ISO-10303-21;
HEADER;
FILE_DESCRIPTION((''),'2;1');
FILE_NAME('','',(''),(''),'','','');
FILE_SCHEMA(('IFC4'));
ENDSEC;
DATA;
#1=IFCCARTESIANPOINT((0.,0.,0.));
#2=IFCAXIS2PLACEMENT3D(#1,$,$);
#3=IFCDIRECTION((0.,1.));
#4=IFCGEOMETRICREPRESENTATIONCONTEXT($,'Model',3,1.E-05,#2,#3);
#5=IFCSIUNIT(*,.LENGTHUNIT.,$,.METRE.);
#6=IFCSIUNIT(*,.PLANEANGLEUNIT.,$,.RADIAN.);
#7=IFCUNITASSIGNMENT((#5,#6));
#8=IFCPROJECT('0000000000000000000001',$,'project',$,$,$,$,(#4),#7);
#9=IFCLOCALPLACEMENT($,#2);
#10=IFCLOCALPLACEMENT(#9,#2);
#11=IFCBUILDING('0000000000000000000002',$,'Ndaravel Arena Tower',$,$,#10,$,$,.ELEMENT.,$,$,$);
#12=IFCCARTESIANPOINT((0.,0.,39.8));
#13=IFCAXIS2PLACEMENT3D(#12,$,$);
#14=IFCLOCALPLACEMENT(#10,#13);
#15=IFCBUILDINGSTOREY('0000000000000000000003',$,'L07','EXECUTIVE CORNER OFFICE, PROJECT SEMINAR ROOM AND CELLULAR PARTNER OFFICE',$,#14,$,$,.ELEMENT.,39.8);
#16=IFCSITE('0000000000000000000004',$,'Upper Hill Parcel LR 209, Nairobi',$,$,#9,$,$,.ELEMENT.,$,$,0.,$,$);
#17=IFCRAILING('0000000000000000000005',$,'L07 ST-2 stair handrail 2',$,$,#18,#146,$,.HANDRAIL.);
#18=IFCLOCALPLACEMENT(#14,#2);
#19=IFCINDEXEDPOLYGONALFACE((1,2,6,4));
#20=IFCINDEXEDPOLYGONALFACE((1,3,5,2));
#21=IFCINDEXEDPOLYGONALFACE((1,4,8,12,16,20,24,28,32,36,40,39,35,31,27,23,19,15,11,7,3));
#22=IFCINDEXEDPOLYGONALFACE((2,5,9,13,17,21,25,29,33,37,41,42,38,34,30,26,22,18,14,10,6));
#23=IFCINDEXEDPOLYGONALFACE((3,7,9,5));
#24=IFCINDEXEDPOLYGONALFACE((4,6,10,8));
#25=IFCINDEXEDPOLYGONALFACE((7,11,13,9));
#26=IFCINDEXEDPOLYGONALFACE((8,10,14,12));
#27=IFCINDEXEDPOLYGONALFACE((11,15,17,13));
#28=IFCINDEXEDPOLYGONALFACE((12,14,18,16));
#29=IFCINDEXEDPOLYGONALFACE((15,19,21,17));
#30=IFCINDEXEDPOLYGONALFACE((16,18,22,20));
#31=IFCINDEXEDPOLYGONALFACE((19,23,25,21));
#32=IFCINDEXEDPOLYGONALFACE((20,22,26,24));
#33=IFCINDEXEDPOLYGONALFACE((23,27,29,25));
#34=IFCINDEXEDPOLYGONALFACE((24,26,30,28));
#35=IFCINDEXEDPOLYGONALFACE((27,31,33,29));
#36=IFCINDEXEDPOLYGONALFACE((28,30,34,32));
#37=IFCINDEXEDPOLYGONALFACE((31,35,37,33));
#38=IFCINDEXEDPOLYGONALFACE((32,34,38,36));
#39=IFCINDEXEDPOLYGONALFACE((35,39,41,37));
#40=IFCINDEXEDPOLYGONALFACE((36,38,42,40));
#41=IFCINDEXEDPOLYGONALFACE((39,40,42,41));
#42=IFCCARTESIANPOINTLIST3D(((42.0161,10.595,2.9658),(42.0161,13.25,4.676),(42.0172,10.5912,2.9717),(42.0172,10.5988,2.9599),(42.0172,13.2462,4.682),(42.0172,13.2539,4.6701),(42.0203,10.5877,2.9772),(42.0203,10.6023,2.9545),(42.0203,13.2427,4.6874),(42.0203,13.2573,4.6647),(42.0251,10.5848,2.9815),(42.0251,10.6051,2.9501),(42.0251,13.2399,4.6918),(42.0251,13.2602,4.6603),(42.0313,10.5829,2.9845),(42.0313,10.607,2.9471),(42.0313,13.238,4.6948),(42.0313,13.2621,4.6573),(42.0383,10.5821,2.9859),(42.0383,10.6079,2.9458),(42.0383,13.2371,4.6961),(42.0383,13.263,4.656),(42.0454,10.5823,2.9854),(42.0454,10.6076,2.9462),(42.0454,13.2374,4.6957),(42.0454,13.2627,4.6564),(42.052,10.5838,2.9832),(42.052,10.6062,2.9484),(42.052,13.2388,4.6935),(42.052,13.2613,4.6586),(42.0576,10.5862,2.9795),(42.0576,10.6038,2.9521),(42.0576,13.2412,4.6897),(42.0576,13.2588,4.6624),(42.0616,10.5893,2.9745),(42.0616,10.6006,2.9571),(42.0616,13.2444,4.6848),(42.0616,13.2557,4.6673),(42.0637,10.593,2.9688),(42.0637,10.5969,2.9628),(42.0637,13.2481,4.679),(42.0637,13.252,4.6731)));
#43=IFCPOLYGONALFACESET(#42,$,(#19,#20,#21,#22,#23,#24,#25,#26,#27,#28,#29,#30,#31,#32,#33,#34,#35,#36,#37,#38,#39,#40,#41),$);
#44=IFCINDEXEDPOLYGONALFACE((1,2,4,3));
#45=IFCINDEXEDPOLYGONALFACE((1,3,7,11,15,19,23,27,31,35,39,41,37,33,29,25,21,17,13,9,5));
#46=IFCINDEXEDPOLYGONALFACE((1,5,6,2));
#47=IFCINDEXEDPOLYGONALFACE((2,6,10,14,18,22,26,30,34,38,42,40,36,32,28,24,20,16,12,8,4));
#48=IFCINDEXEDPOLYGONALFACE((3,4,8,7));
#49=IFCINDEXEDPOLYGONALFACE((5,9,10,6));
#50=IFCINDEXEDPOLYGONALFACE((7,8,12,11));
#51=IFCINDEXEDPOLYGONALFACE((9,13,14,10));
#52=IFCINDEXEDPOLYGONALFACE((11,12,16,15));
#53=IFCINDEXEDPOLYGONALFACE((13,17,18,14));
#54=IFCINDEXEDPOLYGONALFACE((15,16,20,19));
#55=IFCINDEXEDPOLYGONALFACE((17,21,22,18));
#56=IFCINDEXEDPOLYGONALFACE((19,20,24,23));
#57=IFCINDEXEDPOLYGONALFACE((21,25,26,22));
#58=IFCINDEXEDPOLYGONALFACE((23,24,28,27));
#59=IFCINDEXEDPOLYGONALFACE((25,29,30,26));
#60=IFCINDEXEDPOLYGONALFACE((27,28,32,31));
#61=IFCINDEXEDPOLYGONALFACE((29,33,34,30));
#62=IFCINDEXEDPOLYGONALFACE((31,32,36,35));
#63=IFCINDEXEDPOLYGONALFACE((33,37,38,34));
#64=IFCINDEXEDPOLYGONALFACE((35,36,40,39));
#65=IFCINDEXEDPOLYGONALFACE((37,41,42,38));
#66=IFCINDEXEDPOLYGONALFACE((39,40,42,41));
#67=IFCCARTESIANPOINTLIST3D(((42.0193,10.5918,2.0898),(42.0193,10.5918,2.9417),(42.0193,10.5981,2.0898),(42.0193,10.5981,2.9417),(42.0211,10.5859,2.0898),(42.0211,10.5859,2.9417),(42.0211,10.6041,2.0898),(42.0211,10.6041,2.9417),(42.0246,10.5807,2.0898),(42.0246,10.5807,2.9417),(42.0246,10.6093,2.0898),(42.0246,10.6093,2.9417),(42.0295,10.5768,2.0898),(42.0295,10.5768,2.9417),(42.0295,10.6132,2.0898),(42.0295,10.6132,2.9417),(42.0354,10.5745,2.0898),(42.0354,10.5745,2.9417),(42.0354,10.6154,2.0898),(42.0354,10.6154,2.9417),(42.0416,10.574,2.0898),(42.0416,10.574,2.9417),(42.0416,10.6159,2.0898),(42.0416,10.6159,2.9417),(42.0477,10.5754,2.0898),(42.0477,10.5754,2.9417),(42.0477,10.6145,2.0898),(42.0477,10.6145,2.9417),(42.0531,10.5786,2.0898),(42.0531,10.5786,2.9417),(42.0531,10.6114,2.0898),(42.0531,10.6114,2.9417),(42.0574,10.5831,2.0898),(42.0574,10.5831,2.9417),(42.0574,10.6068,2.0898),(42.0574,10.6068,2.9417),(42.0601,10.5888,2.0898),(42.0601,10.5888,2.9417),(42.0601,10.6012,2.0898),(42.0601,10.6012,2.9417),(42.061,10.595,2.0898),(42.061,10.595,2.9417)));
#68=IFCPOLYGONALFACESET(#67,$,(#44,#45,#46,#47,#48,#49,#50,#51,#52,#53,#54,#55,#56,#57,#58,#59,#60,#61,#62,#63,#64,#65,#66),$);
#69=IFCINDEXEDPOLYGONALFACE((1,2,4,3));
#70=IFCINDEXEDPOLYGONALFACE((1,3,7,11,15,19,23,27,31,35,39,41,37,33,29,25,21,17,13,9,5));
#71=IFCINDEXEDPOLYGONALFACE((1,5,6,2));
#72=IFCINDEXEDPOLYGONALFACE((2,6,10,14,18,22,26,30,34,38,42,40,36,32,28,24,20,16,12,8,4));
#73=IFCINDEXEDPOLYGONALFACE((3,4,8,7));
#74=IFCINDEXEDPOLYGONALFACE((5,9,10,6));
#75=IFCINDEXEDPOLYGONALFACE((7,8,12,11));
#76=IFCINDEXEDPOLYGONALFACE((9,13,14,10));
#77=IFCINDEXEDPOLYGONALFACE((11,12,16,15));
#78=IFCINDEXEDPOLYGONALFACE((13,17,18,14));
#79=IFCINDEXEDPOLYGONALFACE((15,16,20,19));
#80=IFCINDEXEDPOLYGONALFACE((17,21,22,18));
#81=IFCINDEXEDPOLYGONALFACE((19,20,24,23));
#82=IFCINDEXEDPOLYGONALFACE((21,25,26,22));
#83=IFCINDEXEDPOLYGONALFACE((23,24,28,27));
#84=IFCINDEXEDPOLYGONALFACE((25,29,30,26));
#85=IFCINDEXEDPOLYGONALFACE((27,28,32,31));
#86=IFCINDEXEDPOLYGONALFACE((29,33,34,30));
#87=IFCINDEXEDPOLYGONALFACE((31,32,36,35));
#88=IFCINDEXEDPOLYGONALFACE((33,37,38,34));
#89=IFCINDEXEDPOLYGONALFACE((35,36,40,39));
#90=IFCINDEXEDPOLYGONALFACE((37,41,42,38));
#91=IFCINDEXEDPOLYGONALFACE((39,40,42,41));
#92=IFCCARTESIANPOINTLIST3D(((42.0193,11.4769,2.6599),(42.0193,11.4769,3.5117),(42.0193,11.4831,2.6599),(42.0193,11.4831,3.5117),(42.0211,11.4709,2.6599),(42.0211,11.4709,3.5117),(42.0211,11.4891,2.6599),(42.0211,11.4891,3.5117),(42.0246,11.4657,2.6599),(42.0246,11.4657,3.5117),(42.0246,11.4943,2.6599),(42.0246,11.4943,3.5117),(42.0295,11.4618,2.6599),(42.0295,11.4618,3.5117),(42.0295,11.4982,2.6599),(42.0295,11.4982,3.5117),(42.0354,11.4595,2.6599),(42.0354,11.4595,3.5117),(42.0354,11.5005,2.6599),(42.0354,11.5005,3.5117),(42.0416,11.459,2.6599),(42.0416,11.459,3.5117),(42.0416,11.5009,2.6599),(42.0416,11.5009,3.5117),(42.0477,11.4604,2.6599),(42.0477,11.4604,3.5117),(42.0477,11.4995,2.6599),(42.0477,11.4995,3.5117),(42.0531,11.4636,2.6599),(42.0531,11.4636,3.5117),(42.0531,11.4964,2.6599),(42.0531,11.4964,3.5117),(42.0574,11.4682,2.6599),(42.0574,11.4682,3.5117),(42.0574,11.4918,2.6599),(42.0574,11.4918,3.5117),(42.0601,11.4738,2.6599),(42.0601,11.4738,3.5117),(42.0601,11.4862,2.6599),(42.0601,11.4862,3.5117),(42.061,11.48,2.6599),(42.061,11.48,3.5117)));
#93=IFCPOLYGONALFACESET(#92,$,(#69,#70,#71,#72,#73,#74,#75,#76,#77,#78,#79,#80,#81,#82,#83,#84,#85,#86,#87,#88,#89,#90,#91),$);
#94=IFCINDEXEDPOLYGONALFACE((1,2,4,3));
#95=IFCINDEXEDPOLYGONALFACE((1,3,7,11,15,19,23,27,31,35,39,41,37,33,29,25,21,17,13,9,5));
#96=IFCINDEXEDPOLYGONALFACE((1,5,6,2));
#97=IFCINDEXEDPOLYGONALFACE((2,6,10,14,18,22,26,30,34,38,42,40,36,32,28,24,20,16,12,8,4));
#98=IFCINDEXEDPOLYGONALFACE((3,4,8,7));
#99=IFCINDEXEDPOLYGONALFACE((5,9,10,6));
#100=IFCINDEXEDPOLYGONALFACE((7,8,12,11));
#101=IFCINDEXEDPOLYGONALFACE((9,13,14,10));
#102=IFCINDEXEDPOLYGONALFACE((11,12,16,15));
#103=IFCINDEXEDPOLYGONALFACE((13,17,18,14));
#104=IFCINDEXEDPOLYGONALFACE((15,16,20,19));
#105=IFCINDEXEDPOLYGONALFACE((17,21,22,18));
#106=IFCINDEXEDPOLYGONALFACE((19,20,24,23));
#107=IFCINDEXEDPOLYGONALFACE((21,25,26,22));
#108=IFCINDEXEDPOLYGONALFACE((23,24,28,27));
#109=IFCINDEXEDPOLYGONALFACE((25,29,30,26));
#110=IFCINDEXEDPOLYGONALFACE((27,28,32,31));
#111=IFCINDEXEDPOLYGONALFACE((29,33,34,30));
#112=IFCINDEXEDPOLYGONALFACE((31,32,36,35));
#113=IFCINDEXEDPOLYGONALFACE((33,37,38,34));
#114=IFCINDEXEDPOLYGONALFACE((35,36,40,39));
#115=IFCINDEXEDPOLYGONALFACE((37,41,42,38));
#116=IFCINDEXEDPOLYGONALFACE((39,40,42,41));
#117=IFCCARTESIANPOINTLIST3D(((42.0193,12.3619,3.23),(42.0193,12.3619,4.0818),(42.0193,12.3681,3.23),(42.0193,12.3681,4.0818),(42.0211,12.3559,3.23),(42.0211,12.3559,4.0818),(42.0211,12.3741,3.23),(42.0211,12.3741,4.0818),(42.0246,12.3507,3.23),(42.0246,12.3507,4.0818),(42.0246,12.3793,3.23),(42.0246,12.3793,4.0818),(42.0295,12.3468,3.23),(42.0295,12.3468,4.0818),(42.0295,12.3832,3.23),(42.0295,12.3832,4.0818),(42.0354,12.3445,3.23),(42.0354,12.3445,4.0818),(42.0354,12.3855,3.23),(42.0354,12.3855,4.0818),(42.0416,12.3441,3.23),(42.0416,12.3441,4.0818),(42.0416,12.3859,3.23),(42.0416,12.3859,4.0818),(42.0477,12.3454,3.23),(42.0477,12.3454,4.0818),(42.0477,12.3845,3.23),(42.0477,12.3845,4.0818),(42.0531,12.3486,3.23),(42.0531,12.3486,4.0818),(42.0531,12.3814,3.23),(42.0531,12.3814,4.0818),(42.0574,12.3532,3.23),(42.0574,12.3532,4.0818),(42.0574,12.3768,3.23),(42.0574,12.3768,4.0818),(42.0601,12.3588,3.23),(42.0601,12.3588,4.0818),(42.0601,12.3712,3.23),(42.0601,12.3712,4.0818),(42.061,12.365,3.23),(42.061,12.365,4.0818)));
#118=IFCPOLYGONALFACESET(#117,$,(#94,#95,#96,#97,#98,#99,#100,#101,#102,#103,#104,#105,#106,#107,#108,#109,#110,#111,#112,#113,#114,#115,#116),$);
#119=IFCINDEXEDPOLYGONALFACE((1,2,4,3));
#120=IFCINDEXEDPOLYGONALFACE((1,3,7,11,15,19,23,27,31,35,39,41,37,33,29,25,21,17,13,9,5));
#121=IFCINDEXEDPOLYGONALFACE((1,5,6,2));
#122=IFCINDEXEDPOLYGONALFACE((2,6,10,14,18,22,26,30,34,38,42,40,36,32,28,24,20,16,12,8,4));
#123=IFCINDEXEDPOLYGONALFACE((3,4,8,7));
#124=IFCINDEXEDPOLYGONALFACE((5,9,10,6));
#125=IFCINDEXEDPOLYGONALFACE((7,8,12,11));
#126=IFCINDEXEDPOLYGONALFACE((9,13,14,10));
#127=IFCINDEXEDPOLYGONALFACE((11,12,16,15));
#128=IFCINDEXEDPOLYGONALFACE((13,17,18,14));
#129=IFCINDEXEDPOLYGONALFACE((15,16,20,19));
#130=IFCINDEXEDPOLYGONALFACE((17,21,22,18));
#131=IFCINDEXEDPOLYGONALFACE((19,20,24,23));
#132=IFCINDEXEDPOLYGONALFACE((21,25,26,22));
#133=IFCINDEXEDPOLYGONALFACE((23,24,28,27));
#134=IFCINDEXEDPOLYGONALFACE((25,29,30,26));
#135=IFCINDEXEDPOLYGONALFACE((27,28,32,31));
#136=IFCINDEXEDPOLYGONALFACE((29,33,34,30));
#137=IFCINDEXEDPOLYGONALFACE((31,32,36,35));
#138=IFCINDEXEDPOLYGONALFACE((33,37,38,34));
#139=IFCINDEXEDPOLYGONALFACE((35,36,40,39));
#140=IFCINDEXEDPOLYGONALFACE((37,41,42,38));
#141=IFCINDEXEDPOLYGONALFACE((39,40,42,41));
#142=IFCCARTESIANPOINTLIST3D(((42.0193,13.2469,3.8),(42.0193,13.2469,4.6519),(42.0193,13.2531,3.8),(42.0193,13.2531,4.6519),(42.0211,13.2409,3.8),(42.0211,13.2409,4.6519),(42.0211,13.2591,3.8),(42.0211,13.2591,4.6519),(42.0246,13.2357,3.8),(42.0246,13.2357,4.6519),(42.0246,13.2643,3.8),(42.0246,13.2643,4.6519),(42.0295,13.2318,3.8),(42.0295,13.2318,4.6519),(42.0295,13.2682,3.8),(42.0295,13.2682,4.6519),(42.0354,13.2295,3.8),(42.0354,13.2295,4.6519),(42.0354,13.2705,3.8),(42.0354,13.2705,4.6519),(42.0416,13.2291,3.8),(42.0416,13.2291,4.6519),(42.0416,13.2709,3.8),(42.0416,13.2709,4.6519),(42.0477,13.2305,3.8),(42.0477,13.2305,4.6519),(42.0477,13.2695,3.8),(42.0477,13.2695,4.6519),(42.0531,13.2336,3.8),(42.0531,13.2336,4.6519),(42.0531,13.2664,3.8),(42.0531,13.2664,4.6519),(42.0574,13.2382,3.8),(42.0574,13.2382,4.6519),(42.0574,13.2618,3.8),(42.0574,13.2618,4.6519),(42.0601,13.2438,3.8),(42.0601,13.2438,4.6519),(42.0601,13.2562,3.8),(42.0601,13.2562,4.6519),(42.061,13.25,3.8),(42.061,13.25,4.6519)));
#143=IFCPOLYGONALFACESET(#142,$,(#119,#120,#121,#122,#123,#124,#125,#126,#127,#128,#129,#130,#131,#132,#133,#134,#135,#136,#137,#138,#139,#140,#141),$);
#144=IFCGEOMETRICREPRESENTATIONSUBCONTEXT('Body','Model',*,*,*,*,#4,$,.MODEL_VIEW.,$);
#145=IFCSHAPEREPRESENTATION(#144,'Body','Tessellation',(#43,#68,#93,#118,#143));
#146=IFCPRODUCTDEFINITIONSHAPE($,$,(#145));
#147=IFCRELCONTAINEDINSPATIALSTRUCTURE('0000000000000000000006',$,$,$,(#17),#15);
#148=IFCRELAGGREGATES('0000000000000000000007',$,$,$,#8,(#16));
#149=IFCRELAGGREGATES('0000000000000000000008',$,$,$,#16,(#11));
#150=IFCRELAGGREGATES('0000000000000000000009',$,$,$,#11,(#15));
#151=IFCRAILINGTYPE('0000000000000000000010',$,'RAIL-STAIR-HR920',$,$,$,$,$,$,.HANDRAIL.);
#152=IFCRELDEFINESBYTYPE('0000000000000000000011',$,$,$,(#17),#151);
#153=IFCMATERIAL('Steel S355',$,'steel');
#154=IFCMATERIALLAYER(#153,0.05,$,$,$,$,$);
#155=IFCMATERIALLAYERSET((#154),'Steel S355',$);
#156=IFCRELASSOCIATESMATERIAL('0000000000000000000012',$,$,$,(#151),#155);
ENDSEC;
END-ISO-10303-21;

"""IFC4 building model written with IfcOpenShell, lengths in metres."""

from ifc_helpers import new_model, si_unit, direction, frame, origin, origin_2d, place, context, subcontext, project, spatial, circle, extrude, material, layer, layer_set, type_object, element, save


model = new_model("IFC4")

# Units and contexts
model_context = context("Model", 3, precision=1e-05, world=origin(), true_north=direction((0.0, 1.0)))
body_context = subcontext(model_context, "Body", "Model", "MODEL_VIEW")
ifc_project = project(units=[si_unit("LENGTHUNIT", "METRE"), si_unit("PLANEANGLEUNIT", "RADIAN")], contexts=[model_context])

# Site, building, storey
site_placement = place(None, origin())
site = spatial("IfcSite", under=ifc_project, at=site_placement, Name="Upper Hill Parcel LR 209, Nairobi", CompositionType="ELEMENT", RefElevation=0.0)
building_placement = place(site_placement, origin())
building = spatial("IfcBuilding", under=site, at=building_placement, Name="Ndaravel Arena Tower", CompositionType="ELEMENT")
storey_placement = place(building_placement, frame((0.0, 0.0, 39.8)))
storey = spatial("IfcBuildingStorey", under=building, at=storey_placement, Name="L07", Description="EXECUTIVE CORNER OFFICE, PROJECT SEMINAR ROOM AND CELLULAR PARTNER OFFICE", CompositionType="ELEMENT", Elevation=39.8)

# Railing
ifc_material_1 = material(Name="Steel S355", Category="steel")
ifc_layer_1 = layer(ifc_material_1, 0.05)
ifc_layer_set_1 = layer_set([ifc_layer_1], Name="Steel S355")
railing_type_1 = type_object("IfcRailingType", Name="RAIL-STAIR-HR920", PredefinedType="HANDRAIL", material=ifc_layer_set_1)
railing_1_placement = place(storey_placement, frame((42.04, 10.595, 2.0898)))
element("IfcRailing", 1, at=railing_1_placement, inside=storey, type_object=railing_type_1, Name="L07 ST-2 stair handrail 2", PredefinedType="HANDRAIL", context=body_context, shape_type="SweptSolid", body=[
    extrude(circle(Radius=0.0239, at=origin_2d()), frame((0.0, 0.0, 0.876), z_axis=(0.0, 0.840688, 0.541519), x_axis=(-1.0, 0.0, 0.0)), (0.0, 0.0, 1.0), 3.1582),
    extrude(circle(Radius=0.021, at=origin_2d()), origin(), (0.0, 0.0, 1.0), 0.8518),
    extrude(circle(Radius=0.021, at=origin_2d()), frame((0.0, 0.885, 0.5701)), (0.0, 0.0, 1.0), 0.8518),
    extrude(circle(Radius=0.021, at=origin_2d()), frame((0.0, 1.77, 1.1401)), (0.0, 0.0, 1.0), 0.8518),
    extrude(circle(Radius=0.021, at=origin_2d()), frame((0.0, 2.655, 1.7102)), (0.0, 0.0, 1.0), 0.8518),
])

save(model, "model.ifc")
